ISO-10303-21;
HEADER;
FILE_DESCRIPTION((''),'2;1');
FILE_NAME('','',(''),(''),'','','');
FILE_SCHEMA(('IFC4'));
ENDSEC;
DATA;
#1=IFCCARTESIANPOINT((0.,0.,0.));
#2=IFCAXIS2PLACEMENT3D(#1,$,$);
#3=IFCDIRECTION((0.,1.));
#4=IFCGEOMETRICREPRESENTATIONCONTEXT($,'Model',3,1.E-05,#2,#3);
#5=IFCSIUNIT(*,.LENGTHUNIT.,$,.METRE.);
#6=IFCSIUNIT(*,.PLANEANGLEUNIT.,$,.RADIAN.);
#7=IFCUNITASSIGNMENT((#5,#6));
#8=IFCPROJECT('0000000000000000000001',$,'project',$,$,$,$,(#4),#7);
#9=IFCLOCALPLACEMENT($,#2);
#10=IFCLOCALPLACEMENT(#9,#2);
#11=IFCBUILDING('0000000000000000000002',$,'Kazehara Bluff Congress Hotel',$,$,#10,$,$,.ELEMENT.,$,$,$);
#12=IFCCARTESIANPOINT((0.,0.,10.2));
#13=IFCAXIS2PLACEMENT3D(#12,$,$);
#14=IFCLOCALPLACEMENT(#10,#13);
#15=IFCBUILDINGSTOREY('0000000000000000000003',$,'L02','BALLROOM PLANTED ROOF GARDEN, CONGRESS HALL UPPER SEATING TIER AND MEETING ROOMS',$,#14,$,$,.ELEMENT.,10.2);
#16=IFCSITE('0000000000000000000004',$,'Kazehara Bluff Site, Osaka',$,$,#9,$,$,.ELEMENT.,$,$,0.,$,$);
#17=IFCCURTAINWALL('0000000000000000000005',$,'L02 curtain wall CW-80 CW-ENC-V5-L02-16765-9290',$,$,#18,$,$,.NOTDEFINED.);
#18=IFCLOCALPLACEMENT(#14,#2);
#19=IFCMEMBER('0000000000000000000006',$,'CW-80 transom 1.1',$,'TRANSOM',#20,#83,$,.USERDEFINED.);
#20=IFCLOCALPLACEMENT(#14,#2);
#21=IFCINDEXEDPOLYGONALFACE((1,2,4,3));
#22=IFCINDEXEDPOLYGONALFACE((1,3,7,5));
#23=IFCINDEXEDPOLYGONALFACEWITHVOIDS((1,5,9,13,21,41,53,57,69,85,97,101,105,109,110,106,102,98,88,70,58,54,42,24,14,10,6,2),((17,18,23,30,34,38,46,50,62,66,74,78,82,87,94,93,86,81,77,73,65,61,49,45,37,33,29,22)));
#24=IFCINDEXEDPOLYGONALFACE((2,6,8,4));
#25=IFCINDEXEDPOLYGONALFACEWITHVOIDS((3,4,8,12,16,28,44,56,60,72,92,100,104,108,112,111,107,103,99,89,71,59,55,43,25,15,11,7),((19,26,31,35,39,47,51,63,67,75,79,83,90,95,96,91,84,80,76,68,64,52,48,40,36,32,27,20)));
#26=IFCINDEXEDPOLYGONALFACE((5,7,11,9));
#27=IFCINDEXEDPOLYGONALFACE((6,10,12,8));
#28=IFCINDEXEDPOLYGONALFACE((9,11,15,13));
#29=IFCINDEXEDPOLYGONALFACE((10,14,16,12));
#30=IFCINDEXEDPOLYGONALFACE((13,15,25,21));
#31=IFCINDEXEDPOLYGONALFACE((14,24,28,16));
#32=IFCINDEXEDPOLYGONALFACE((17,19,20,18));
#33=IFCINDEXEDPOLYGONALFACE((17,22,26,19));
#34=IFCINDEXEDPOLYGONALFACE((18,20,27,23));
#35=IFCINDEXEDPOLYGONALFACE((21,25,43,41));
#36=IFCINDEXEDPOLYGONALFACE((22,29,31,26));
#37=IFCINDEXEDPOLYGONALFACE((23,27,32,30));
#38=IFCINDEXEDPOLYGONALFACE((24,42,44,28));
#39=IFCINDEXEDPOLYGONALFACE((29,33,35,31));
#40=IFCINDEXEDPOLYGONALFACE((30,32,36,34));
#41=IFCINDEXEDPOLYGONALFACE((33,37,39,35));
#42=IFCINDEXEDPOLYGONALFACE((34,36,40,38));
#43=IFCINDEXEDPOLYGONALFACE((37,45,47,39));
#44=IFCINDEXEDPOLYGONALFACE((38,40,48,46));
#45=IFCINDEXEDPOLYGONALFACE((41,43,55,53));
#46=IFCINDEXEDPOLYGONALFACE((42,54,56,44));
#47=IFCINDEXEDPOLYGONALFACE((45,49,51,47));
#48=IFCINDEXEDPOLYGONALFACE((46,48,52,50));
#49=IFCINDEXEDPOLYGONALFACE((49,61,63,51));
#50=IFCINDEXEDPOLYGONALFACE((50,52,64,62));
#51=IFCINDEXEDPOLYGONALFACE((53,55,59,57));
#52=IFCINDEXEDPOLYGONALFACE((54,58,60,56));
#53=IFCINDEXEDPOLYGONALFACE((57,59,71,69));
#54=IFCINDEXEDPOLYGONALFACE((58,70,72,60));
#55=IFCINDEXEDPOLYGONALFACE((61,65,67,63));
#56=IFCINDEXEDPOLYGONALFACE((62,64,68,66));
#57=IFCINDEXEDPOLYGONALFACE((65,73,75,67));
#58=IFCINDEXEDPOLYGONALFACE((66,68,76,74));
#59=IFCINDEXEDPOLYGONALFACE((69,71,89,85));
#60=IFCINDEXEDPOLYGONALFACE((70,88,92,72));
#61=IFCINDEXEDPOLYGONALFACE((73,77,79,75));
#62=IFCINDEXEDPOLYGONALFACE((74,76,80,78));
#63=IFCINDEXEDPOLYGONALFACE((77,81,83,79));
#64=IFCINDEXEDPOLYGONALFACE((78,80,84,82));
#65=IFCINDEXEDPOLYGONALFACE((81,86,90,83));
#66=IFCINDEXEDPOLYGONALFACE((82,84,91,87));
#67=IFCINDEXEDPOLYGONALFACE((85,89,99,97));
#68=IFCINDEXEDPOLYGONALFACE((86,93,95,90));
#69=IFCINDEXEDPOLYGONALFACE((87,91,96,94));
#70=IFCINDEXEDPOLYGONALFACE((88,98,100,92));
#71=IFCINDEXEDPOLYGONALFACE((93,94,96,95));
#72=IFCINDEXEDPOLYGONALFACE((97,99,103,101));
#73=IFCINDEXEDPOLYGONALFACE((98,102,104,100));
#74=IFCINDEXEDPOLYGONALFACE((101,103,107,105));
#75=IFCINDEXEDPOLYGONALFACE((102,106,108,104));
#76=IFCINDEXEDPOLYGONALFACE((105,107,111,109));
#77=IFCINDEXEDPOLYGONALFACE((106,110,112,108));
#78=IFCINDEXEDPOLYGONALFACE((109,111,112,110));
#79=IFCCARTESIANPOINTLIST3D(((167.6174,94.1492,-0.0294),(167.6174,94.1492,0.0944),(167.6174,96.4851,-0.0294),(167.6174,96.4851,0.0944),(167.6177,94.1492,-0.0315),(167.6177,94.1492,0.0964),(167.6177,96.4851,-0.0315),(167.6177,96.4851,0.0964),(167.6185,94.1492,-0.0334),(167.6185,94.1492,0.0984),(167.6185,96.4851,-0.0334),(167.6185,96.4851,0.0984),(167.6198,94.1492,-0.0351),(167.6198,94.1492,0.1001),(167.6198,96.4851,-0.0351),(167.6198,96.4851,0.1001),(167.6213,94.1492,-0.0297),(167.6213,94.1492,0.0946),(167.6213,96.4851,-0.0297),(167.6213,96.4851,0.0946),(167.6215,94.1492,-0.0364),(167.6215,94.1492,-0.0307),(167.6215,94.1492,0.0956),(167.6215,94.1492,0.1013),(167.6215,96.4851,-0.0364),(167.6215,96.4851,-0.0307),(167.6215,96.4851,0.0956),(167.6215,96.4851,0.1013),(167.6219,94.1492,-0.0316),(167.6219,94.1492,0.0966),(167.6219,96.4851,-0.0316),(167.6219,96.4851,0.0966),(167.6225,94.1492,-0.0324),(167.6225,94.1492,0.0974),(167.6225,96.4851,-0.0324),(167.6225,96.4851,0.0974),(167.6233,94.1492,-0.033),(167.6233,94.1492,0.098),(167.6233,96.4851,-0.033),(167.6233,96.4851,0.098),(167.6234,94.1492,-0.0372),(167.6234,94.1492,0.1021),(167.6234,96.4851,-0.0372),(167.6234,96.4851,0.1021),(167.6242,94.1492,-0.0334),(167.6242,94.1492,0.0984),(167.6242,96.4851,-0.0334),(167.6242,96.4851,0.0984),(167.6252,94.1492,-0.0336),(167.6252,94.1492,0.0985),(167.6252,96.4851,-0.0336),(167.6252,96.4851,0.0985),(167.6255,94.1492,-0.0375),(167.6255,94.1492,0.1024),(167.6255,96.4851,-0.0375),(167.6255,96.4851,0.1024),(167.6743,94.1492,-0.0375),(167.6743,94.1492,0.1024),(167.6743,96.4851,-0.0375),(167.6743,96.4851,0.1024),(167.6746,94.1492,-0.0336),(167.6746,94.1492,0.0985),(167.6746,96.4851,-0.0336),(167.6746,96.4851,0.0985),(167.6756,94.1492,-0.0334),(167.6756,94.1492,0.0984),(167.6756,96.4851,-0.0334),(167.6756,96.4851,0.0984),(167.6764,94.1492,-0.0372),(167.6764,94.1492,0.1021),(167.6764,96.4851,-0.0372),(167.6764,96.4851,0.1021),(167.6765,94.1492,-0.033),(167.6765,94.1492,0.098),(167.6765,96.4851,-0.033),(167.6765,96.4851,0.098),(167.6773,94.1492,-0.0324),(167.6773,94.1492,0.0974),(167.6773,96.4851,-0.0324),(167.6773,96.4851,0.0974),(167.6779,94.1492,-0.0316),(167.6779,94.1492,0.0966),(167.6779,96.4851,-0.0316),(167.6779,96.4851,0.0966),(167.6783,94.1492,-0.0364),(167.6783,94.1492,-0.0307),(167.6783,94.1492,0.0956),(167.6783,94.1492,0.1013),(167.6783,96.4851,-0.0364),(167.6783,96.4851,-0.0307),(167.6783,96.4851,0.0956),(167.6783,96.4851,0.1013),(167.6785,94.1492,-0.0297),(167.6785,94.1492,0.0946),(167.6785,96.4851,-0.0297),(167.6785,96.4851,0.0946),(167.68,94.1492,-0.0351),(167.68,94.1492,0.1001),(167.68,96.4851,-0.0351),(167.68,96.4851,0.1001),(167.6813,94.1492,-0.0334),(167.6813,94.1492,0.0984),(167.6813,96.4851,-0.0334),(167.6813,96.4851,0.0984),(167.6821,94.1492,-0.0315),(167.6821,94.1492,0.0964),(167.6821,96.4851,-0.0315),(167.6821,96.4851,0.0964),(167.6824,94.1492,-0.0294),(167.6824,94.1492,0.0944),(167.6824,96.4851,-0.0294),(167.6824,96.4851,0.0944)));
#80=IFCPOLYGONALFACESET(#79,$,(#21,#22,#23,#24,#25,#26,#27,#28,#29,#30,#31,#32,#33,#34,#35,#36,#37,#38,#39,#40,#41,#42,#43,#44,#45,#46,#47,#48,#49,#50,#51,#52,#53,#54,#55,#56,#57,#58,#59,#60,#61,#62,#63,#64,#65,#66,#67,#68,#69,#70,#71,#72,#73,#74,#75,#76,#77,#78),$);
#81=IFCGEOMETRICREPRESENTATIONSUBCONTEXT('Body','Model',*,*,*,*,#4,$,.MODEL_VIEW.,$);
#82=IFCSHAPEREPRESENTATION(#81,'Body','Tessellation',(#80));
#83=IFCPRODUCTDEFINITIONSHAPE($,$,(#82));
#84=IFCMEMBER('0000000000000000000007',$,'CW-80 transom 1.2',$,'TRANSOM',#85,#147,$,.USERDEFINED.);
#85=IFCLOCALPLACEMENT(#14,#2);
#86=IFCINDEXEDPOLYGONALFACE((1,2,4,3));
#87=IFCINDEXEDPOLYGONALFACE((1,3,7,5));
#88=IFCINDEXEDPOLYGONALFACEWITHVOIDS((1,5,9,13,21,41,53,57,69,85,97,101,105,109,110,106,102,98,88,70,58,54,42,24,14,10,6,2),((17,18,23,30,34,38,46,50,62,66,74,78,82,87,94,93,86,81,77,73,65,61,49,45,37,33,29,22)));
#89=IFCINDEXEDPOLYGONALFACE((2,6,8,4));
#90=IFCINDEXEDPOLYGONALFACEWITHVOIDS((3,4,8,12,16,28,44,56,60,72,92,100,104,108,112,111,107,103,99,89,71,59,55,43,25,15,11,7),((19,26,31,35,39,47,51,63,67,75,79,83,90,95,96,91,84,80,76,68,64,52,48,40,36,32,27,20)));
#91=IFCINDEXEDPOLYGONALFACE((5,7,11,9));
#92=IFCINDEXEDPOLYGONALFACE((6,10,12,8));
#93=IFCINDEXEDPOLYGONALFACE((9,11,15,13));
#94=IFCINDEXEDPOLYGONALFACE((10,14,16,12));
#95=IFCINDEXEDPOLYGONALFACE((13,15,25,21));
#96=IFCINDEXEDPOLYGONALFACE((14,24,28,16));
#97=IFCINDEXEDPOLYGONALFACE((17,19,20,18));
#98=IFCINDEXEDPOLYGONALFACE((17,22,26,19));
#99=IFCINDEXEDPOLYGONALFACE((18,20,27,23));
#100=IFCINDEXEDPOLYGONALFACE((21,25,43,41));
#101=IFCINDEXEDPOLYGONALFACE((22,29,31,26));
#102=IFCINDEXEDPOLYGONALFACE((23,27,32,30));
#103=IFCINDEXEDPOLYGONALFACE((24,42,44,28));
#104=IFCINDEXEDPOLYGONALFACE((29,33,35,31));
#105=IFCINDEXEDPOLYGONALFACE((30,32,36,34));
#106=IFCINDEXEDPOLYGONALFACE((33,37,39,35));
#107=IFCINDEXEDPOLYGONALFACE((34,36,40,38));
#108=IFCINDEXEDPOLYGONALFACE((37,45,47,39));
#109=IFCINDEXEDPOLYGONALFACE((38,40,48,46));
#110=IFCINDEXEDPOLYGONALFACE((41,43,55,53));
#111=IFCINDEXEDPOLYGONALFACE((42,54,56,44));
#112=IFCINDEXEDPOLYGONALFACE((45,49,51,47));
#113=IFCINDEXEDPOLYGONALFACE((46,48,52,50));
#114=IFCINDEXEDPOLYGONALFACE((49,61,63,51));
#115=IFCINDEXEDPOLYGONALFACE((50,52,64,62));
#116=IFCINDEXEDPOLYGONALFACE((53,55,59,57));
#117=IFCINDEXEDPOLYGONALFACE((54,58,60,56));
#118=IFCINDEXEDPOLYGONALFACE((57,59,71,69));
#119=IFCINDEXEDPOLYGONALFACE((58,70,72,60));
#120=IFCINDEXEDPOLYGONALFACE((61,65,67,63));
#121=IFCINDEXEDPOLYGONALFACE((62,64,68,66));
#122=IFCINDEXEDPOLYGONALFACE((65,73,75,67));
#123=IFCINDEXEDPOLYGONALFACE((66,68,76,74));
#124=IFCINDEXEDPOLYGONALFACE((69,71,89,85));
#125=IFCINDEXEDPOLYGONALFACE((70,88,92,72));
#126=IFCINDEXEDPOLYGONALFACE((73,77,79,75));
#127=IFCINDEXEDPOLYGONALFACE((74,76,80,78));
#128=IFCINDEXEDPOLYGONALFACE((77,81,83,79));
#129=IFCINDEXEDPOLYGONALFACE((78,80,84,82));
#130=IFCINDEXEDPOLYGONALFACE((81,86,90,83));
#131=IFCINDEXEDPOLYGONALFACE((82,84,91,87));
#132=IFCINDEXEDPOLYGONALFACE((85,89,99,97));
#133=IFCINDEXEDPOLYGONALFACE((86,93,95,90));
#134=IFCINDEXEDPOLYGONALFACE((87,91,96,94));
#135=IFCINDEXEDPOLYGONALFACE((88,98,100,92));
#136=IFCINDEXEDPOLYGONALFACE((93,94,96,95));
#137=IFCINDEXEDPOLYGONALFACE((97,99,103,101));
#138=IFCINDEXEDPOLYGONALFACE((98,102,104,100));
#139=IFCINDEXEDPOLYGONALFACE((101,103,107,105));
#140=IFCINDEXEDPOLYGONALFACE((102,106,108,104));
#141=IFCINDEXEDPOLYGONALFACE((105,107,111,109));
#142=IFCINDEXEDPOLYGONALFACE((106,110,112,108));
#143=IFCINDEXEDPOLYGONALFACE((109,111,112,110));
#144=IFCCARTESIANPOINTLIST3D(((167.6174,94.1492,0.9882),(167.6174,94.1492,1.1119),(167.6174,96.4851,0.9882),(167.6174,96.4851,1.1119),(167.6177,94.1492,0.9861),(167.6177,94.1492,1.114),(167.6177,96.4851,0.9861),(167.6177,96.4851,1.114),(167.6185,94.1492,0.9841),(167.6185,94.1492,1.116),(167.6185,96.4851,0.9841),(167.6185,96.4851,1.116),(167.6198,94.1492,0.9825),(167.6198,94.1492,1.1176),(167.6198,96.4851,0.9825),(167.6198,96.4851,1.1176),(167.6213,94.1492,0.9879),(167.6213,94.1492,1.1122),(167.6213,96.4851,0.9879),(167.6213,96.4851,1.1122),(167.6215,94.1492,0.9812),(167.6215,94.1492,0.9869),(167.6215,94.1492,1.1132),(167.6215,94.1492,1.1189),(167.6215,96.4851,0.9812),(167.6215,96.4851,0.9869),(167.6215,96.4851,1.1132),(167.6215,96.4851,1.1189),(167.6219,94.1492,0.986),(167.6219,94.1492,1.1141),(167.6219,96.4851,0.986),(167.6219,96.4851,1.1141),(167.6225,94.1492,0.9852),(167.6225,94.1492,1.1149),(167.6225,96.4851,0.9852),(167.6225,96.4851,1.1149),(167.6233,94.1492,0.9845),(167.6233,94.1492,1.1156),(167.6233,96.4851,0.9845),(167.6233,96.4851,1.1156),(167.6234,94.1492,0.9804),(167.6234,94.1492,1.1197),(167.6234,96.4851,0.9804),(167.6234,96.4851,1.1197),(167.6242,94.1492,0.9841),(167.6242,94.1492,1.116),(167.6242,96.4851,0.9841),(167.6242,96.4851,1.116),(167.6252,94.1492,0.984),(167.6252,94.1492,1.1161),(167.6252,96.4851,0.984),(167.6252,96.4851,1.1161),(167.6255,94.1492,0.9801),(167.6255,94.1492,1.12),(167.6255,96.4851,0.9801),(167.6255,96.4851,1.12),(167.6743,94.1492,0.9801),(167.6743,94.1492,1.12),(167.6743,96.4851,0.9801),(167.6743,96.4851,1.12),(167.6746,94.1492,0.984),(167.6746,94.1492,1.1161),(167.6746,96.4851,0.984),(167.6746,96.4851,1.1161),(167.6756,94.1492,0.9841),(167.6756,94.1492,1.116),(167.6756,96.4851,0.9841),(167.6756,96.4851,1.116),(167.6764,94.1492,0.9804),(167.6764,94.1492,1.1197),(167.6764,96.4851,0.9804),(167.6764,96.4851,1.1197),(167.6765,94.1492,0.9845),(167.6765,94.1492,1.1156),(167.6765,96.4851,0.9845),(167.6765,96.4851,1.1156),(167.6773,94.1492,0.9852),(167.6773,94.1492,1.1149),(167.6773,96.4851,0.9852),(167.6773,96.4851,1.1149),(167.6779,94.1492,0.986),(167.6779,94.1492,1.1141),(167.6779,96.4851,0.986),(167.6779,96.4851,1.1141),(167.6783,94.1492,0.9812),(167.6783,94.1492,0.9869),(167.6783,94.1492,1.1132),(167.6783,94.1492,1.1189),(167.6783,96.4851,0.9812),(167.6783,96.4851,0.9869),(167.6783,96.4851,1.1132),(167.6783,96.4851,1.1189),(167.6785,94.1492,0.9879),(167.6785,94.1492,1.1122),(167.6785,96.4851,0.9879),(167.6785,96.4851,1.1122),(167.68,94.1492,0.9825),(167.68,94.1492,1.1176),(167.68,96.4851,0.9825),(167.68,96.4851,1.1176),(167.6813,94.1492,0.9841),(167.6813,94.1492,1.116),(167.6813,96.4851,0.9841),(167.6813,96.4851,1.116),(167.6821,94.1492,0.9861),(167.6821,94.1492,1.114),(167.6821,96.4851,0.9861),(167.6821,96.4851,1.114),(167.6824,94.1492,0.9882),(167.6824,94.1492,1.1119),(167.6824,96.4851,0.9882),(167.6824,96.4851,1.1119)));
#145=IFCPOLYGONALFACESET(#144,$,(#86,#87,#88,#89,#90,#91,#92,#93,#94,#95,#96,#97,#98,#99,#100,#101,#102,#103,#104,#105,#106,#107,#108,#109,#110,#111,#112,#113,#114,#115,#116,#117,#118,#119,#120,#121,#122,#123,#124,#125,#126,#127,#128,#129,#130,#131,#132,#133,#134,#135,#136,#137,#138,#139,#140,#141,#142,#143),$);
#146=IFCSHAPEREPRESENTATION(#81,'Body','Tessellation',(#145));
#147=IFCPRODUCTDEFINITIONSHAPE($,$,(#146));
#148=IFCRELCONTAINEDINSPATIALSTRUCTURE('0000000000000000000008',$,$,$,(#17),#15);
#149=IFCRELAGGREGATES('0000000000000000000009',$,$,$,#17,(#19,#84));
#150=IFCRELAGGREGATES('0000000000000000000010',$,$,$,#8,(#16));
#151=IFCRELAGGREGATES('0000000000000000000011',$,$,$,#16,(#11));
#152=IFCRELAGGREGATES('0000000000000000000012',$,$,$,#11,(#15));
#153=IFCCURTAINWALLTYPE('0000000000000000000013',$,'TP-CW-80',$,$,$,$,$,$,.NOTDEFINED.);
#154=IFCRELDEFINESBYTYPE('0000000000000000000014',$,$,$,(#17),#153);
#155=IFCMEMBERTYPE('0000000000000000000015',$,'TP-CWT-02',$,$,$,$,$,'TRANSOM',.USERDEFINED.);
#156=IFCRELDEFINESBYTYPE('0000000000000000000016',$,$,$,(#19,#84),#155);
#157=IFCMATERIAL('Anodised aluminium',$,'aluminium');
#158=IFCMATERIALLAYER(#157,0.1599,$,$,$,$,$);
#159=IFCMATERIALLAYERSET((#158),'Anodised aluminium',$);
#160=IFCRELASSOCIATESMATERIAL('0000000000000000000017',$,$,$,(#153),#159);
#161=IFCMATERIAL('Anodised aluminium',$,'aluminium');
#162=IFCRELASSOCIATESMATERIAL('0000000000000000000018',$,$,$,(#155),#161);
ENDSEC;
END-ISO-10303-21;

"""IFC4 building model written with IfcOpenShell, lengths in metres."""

from ifc_helpers import new_model, si_unit, direction, frame, origin, origin_2d, place, context, subcontext, project, spatial, hollow_rectangle, extrude, material, layer, layer_set, material_profile, profile_set, type_object, element, aggregate, save


model = new_model("IFC4")

# Units and contexts
model_context = context("Model", 3, precision=1e-05, world=origin(), true_north=direction((0.0, 1.0)))
body_context = subcontext(model_context, "Body", "Model", "MODEL_VIEW")
ifc_project = project(units=[si_unit("LENGTHUNIT", "METRE"), si_unit("PLANEANGLEUNIT", "RADIAN")], contexts=[model_context])

# Site, building, storey
site_placement = place(None, origin())
site = spatial("IfcSite", under=ifc_project, at=site_placement, Name="Kazehara Bluff Site, Osaka", CompositionType="ELEMENT", RefElevation=0.0)
building_placement = place(site_placement, origin())
building = spatial("IfcBuilding", under=site, at=building_placement, Name="Kazehara Bluff Congress Hotel", CompositionType="ELEMENT")
storey_placement = place(building_placement, frame((0.0, 0.0, 10.2)))
storey = spatial("IfcBuildingStorey", under=building, at=storey_placement, Name="L02", Description="BALLROOM PLANTED ROOF GARDEN, CONGRESS HALL UPPER SEATING TIER AND MEETING ROOMS", CompositionType="ELEMENT", Elevation=10.2)

# Curtain wall
ifc_material_1 = material(Name="Anodised aluminium", Category="aluminium")
ifc_layer_1 = layer(ifc_material_1, 0.1599)
ifc_layer_set_1 = layer_set([ifc_layer_1], Name="Anodised aluminium")
curtain_wall_type_1 = type_object("IfcCurtainWallType", Name="TP-CW-80", PredefinedType="NOTDEFINED", material=ifc_layer_set_1)
curtain_wall_1_placement = place(storey_placement, origin())
curtain_wall_1 = element("IfcCurtainWall", 1, at=curtain_wall_1_placement, inside=storey, type_object=curtain_wall_type_1, Name="L02 curtain wall CW-80 CW-ENC-V5-L02-16765-9290", PredefinedType="NOTDEFINED")

# Members
ifc_material_2 = material(Name="Anodised aluminium", Category="aluminium")
ifc_material_profile_1 = material_profile(ifc_material_2, hollow_rectangle(XDim=0.0649, YDim=0.1399, WallThickness=0.0039, InnerFilletRadius=0.0039, OuterFilletRadius=0.0081, at=origin_2d()))
ifc_profile_set_1 = profile_set([ifc_material_profile_1], Name="Anodised aluminium")
member_type_1 = type_object("IfcMemberType", Name="TP-CWT-02", ElementType="TRANSOM", PredefinedType="USERDEFINED", material=ifc_profile_set_1)
member_1_placement = place(storey_placement, frame((167.6499, 96.4851, 0.0325), z_axis=(0.0, -1.0, 0.0), x_axis=(1.0, 0.0, 0.0)))
member_1 = element("IfcMember", 2, at=member_1_placement, type_object=member_type_1, Name="CW-80 transom 1.1", ObjectType="TRANSOM", PredefinedType="USERDEFINED", context=body_context, shape_type="SweptSolid", body=[
    extrude(hollow_rectangle(XDim=0.0649, YDim=0.1399, WallThickness=0.0039, InnerFilletRadius=0.0039, OuterFilletRadius=0.0081, at=origin_2d()), origin(), (0.0, 0.0, 1.0), 2.3359),
])
member_2_placement = place(storey_placement, frame((167.6499, 96.4851, 1.05), z_axis=(0.0, -1.0, 0.0), x_axis=(1.0, 0.0, 0.0)))
member_2 = element("IfcMember", 3, at=member_2_placement, type_object=member_type_1, Name="CW-80 transom 1.2", ObjectType="TRANSOM", PredefinedType="USERDEFINED", context=body_context, shape_type="SweptSolid", body=[
    extrude(hollow_rectangle(XDim=0.0649, YDim=0.1399, WallThickness=0.0039, InnerFilletRadius=0.0039, OuterFilletRadius=0.0081, at=origin_2d()), origin(), (0.0, 0.0, 1.0), 2.3359),
])

aggregate(curtain_wall_1, [member_1, member_2])

save(model, "model.ifc")
